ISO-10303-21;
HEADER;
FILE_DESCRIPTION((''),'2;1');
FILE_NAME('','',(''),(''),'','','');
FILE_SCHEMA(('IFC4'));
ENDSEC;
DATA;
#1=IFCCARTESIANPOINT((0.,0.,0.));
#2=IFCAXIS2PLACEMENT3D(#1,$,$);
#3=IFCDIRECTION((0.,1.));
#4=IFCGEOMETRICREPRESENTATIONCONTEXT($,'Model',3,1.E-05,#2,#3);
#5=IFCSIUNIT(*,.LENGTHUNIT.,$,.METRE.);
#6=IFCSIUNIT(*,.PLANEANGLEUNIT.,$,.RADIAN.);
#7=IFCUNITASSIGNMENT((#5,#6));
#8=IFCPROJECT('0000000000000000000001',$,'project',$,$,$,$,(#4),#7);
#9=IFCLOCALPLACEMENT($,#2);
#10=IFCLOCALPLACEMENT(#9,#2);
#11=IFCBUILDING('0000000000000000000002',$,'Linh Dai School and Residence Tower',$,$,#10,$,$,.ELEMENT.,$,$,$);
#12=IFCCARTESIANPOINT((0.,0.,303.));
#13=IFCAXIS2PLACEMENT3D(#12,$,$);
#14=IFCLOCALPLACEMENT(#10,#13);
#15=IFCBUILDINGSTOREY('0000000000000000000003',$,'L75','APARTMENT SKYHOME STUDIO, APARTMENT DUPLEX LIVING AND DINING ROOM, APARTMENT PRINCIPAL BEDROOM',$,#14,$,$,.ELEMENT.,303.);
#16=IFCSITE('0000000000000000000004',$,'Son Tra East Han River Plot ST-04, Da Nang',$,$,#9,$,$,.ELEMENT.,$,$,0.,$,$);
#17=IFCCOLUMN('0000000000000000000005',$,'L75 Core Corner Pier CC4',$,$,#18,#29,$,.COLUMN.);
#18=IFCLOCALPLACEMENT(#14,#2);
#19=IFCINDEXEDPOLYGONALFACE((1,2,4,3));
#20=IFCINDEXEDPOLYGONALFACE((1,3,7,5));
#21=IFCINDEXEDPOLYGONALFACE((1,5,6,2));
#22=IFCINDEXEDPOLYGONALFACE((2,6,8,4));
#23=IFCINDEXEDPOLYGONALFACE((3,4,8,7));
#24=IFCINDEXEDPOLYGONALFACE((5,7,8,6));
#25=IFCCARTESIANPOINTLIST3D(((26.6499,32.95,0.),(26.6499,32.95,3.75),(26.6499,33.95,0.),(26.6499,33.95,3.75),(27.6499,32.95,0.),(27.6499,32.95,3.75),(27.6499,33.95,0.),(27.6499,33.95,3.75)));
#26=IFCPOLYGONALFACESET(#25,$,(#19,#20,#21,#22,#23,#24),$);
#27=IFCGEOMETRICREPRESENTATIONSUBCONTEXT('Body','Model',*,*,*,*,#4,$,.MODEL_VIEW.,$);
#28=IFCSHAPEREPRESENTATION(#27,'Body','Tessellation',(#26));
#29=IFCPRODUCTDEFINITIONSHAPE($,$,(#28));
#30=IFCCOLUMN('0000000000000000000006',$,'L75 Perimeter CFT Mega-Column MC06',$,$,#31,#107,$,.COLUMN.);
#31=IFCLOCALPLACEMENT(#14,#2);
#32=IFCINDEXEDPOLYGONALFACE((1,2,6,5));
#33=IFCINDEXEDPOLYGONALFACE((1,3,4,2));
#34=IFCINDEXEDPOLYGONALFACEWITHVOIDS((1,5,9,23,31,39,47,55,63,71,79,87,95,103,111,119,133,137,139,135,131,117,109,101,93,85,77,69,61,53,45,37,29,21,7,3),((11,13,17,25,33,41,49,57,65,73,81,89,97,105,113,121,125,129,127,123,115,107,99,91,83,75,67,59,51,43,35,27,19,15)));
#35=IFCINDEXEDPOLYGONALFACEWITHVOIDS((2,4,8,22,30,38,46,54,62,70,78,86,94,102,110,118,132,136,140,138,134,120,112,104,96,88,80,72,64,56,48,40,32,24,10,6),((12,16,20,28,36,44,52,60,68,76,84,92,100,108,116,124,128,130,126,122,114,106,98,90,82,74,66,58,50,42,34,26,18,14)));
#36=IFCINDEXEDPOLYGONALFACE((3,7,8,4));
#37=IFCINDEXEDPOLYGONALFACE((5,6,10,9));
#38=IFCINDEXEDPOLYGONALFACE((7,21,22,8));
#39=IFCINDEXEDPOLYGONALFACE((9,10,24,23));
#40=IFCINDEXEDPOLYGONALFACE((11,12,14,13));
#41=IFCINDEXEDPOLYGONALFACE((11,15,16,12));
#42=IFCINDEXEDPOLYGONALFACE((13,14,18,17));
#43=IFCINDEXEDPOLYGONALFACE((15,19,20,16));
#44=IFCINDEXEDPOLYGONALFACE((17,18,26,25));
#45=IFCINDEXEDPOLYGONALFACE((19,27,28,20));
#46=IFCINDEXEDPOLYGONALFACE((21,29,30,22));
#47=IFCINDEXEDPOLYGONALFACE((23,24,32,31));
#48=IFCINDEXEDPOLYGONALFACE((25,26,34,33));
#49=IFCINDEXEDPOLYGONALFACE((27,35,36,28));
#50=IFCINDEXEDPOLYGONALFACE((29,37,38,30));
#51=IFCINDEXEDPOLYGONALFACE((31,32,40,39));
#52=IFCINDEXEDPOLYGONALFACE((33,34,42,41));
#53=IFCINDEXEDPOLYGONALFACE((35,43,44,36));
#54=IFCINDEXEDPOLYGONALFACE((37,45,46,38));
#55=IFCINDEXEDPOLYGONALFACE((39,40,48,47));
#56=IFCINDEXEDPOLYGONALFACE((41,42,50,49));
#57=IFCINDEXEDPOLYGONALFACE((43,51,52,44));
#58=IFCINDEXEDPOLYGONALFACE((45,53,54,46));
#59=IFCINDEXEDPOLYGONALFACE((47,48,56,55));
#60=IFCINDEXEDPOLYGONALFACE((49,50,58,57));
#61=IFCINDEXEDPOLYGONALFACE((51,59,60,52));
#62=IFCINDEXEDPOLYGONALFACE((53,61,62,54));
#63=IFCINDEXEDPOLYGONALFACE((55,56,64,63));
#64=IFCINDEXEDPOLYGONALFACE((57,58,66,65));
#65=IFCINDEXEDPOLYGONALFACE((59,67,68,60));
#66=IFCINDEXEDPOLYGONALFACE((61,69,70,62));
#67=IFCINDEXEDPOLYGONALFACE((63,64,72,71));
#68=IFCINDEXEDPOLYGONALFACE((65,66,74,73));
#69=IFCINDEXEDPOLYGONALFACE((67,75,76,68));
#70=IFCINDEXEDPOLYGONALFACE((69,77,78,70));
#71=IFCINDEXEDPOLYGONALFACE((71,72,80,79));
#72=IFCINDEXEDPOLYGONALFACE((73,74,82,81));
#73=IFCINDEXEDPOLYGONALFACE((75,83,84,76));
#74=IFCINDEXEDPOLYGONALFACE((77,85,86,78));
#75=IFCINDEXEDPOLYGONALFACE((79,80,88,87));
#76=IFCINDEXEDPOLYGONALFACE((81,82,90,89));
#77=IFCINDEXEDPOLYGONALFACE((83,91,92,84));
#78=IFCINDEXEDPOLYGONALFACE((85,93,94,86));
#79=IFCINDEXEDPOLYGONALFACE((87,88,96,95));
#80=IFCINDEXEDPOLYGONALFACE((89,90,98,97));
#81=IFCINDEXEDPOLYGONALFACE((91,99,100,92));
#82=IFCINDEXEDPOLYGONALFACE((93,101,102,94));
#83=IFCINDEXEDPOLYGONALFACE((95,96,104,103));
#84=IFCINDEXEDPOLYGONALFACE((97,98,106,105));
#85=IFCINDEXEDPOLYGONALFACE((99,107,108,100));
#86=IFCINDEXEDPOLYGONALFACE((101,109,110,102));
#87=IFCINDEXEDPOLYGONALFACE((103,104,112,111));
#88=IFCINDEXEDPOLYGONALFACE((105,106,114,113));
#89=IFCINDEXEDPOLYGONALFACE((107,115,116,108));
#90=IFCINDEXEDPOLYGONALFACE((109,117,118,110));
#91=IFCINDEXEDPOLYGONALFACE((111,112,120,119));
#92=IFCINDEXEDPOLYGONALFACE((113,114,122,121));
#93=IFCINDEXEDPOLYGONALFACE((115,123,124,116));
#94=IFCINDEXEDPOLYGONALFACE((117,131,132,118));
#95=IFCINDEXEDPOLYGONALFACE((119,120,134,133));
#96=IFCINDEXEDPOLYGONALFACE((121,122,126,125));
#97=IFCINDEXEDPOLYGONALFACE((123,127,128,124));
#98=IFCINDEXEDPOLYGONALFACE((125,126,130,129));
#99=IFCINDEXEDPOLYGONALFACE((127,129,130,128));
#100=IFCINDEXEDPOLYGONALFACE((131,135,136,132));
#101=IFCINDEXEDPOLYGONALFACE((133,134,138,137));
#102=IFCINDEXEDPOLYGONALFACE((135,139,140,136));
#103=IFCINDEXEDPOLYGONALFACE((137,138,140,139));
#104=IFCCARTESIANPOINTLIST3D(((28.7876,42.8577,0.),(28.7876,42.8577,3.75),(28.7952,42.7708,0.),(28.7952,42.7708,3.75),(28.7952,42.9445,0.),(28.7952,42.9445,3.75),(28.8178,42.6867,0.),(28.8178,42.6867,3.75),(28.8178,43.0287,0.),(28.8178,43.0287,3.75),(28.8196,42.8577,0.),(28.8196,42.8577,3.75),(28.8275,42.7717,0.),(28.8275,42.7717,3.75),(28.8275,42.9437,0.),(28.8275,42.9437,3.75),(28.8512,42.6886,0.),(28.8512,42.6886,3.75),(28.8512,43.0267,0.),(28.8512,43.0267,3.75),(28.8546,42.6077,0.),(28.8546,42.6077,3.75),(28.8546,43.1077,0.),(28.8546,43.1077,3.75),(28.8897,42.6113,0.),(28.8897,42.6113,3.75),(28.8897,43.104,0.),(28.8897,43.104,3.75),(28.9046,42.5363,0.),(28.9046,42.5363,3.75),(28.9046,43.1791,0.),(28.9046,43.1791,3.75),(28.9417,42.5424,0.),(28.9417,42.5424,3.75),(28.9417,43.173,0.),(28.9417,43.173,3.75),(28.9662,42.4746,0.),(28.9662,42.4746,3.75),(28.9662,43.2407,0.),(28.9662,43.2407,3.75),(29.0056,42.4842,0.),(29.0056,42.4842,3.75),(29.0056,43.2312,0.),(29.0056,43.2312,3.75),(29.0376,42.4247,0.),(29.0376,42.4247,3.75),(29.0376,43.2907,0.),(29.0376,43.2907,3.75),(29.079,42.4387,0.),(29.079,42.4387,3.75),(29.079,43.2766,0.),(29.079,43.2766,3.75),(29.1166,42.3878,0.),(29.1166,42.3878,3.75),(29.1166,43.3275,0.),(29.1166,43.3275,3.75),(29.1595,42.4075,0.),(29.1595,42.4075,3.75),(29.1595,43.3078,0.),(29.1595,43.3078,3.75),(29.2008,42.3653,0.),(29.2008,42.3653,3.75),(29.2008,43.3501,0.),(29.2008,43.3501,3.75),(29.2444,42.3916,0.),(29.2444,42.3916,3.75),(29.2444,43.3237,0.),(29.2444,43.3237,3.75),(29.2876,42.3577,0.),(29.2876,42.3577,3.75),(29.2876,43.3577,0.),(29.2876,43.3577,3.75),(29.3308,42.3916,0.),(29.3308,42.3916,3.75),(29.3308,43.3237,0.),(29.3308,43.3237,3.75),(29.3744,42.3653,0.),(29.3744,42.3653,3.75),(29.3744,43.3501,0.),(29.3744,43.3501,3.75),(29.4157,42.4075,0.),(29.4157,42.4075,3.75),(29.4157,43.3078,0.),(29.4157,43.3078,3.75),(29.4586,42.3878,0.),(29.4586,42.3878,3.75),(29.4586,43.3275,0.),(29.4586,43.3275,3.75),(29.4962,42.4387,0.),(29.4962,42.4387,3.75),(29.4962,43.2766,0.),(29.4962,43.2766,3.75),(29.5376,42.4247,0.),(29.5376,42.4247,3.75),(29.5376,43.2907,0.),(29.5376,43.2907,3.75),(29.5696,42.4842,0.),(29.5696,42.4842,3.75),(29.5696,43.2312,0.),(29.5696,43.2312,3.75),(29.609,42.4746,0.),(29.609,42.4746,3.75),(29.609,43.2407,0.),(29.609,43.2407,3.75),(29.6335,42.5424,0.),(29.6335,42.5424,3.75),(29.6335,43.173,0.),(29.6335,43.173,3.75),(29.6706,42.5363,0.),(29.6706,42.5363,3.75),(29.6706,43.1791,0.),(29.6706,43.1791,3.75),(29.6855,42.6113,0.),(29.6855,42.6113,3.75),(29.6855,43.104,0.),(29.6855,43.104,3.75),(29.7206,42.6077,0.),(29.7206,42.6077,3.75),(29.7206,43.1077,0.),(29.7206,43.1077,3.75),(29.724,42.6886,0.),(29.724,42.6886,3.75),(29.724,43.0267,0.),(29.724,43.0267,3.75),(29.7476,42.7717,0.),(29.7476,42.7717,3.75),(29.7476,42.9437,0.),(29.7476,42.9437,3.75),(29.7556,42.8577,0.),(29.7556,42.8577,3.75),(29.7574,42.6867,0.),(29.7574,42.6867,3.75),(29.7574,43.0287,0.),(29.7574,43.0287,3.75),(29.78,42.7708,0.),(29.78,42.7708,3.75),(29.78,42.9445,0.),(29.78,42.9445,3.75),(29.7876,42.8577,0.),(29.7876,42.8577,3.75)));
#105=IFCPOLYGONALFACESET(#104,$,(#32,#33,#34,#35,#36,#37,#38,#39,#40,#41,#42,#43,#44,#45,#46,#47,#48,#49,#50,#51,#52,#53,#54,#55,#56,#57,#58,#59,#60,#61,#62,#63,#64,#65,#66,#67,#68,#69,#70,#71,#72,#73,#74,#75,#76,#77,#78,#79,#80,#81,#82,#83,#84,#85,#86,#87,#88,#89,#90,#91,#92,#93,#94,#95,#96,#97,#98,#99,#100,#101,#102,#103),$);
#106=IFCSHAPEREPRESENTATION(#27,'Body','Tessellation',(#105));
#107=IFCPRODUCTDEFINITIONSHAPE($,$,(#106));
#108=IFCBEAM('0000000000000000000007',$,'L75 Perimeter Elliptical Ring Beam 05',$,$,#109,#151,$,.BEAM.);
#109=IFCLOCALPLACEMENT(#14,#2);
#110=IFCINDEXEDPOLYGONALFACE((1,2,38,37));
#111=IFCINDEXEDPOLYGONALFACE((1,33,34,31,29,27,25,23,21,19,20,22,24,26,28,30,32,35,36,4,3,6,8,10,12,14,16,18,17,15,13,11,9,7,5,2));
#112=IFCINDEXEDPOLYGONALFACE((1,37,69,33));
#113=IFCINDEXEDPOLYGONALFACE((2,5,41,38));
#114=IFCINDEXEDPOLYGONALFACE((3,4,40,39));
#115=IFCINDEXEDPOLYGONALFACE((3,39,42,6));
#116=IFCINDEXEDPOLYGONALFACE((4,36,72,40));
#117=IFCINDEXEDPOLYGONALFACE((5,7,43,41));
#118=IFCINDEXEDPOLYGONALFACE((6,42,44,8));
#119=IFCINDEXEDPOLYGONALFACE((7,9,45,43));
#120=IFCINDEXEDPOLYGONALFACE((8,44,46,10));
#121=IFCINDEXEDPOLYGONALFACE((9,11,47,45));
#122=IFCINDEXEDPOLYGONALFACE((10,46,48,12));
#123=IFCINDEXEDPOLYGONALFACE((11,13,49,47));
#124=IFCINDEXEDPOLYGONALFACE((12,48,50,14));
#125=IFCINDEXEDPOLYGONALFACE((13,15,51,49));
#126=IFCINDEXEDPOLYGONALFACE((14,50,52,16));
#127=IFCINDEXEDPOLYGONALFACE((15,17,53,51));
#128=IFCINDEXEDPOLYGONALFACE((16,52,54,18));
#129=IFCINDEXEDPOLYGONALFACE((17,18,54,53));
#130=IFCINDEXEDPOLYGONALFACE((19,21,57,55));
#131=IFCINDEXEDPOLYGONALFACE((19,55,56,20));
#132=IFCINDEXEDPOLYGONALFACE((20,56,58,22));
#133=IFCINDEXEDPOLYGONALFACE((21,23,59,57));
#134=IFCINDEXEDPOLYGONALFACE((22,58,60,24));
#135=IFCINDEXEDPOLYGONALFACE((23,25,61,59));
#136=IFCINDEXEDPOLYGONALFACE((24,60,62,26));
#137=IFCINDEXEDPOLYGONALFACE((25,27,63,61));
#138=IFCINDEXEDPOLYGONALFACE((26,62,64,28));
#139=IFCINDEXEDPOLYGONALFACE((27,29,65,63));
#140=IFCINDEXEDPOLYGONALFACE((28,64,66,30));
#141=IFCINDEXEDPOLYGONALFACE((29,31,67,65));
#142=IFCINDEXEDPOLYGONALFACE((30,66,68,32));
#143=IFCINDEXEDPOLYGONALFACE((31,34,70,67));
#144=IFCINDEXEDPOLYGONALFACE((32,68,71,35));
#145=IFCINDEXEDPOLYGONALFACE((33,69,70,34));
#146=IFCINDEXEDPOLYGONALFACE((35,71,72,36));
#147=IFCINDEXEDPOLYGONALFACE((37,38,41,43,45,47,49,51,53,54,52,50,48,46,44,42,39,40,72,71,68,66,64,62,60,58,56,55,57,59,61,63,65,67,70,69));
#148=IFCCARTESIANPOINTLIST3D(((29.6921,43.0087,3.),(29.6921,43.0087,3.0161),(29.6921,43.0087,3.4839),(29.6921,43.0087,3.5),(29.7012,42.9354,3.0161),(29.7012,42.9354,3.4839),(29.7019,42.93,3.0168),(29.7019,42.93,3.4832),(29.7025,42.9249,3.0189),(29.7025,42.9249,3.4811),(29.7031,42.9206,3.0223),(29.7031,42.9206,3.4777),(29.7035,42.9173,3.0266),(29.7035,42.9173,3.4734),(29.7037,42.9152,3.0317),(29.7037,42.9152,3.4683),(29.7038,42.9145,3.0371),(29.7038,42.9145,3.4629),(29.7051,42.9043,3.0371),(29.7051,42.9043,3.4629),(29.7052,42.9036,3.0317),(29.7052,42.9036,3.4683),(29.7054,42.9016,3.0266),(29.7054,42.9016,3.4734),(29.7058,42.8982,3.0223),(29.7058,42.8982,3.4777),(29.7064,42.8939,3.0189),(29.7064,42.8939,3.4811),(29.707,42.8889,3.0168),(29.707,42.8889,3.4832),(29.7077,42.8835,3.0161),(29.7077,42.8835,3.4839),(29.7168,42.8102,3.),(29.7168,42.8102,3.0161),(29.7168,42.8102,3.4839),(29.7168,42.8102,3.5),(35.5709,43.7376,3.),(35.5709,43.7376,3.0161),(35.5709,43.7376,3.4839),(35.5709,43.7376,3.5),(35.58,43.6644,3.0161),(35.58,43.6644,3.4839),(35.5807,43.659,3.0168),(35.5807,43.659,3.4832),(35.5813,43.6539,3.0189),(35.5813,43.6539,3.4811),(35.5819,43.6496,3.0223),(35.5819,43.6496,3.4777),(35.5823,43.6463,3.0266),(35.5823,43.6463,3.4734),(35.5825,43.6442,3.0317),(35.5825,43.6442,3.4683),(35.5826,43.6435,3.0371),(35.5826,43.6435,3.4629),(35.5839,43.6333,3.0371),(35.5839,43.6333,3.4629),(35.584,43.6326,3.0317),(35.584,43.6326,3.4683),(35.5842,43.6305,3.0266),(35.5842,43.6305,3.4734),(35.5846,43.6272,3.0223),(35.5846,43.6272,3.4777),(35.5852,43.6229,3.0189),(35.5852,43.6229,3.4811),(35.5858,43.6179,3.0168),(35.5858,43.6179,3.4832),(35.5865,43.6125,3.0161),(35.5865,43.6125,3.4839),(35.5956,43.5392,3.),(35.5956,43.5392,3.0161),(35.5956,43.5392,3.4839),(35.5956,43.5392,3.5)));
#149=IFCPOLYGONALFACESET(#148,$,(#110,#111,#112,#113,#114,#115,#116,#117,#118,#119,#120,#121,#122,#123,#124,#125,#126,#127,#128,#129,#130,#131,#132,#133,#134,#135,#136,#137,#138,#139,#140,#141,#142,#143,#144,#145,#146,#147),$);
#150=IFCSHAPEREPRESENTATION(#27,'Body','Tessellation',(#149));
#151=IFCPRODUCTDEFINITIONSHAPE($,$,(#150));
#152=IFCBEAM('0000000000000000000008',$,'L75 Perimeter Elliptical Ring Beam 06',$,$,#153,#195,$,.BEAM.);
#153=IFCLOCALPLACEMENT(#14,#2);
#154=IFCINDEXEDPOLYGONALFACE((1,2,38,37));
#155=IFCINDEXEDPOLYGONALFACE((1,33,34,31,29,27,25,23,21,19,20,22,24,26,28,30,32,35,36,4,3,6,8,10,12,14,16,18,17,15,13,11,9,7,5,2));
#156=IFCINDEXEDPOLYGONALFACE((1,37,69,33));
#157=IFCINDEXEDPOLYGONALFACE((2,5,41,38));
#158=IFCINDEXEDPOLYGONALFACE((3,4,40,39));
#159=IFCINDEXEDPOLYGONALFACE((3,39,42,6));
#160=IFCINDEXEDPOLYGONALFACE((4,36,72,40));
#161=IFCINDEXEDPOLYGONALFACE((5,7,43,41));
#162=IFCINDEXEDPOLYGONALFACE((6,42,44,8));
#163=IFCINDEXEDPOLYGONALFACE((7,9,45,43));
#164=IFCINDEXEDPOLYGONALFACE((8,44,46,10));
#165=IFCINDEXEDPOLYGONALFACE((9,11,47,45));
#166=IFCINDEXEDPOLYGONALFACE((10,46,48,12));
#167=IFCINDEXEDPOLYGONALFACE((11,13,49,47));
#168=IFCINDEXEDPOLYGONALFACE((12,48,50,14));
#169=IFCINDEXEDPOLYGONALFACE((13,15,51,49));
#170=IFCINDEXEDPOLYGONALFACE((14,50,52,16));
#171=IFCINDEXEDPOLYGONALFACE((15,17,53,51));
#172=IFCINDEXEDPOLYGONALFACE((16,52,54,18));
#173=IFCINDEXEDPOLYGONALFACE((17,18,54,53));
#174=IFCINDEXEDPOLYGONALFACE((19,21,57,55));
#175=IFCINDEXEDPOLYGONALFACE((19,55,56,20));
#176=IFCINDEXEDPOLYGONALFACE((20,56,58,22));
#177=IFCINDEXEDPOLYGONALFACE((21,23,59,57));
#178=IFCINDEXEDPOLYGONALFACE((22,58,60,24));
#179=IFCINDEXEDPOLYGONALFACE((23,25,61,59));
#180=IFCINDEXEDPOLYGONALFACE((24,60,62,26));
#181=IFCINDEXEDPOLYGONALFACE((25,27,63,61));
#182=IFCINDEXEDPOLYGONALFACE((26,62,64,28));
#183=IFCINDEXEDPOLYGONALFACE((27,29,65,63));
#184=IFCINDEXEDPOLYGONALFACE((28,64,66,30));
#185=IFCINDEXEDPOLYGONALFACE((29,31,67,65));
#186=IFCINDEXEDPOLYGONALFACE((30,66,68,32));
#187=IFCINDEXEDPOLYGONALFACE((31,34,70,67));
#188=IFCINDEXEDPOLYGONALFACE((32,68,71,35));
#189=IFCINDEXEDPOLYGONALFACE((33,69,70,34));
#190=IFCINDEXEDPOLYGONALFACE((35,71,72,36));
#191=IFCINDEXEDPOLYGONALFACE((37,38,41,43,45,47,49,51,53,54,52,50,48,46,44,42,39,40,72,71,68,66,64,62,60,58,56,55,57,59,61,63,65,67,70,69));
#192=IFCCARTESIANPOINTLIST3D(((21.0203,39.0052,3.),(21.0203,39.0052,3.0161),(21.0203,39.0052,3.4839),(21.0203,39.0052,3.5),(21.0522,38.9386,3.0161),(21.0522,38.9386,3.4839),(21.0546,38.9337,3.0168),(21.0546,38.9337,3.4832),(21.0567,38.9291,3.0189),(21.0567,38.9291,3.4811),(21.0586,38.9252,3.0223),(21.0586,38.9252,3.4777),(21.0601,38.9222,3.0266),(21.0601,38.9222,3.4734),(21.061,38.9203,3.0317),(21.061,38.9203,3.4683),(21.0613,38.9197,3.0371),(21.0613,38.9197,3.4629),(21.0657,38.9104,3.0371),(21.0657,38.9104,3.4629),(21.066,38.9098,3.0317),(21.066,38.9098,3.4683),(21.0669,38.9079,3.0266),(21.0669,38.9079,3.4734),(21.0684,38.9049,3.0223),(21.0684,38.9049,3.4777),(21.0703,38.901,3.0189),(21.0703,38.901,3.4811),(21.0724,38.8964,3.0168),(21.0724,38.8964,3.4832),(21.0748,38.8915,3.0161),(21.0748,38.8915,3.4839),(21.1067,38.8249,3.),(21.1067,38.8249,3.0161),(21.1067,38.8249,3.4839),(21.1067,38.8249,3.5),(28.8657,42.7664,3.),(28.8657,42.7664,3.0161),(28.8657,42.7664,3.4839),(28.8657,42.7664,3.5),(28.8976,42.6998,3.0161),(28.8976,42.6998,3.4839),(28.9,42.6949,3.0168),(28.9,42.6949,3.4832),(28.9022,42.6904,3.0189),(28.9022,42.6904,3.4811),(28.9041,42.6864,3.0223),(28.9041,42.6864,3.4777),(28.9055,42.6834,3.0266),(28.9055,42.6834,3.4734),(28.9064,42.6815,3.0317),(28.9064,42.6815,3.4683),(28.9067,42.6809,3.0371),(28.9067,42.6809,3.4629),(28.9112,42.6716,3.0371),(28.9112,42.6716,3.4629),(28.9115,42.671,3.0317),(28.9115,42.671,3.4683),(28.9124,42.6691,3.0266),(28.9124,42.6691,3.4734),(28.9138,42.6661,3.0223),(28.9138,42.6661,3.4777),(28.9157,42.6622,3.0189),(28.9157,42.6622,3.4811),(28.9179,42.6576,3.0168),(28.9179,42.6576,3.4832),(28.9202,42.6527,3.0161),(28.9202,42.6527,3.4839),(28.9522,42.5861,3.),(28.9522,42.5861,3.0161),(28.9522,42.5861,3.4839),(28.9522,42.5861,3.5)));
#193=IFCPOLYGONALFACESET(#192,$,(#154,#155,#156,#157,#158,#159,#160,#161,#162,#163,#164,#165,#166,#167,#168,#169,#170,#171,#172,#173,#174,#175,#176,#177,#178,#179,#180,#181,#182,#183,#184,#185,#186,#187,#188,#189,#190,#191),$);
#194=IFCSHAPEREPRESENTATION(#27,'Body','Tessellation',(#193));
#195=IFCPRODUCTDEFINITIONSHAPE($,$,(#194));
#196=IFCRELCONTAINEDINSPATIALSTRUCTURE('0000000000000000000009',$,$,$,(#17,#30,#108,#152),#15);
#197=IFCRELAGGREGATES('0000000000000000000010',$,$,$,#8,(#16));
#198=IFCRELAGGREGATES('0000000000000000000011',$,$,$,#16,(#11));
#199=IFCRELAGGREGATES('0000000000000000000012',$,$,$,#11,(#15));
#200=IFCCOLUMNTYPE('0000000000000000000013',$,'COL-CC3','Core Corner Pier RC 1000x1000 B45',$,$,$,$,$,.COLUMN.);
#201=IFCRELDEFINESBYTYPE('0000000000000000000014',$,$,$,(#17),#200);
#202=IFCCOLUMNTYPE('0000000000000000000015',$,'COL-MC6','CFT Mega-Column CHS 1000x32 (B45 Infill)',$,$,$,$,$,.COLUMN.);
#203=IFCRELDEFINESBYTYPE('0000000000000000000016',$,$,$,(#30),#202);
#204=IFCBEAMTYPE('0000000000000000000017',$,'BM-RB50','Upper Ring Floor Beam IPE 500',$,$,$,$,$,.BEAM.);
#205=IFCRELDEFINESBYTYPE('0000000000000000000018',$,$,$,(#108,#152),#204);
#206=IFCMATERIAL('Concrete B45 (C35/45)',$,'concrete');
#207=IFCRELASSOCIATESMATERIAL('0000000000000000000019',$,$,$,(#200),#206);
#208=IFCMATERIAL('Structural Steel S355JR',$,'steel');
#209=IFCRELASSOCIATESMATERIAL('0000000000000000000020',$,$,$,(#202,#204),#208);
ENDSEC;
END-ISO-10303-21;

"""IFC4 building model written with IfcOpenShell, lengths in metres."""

from ifc_helpers import new_model, si_unit, direction, frame, origin, origin_2d, place, context, subcontext, project, spatial, rectangle, hollow_circle, i_section, extrude, material, material_profile, profile_set, type_object, element, save


model = new_model("IFC4")

# Units and contexts
model_context = context("Model", 3, precision=1e-05, world=origin(), true_north=direction((0.0, 1.0)))
body_context = subcontext(model_context, "Body", "Model", "MODEL_VIEW")
ifc_project = project(units=[si_unit("LENGTHUNIT", "METRE"), si_unit("PLANEANGLEUNIT", "RADIAN")], contexts=[model_context])

# Site, building, storey
site_placement = place(None, origin())
site = spatial("IfcSite", under=ifc_project, at=site_placement, Name="Son Tra East Han River Plot ST-04, Da Nang", CompositionType="ELEMENT", RefElevation=0.0)
building_placement = place(site_placement, origin())
building = spatial("IfcBuilding", under=site, at=building_placement, Name="Linh Dai School and Residence Tower", CompositionType="ELEMENT")
storey_placement = place(building_placement, frame((0.0, 0.0, 303.0)))
storey = spatial("IfcBuildingStorey", under=building, at=storey_placement, Name="L75", Description="APARTMENT SKYHOME STUDIO, APARTMENT DUPLEX LIVING AND DINING ROOM, APARTMENT PRINCIPAL BEDROOM", CompositionType="ELEMENT", Elevation=303.0)

# Columns
ifc_material_1 = material(Name="Concrete B45 (C35/45)", Category="concrete")
ifc_material_profile_1 = material_profile(ifc_material_1, rectangle(XDim=1.0, YDim=1.0, at=origin_2d()), Name="RC 1000x1000")
ifc_profile_set_1 = profile_set([ifc_material_profile_1], Name="Concrete B45 (C35/45)")
column_type_1 = type_object("IfcColumnType", Name="COL-CC3", Description="Core Corner Pier RC 1000x1000 B45", PredefinedType="COLUMN", material=ifc_profile_set_1)
column_1_placement = place(storey_placement, frame((27.1499, 33.45, 0.0), z_axis=(0.0, 0.0, 1.0), x_axis=(1.0, 0.0, 0.0)))
element("IfcColumn", 1, at=column_1_placement, inside=storey, type_object=column_type_1, Name="L75 Core Corner Pier CC4", PredefinedType="COLUMN", context=body_context, shape_type="SweptSolid", body=[
    extrude(rectangle(XDim=1.0, YDim=1.0, at=origin_2d()), origin(), (0.0, 0.0, 1.0), 3.75),
])
ifc_material_2 = material(Name="Structural Steel S355JR", Category="steel")
ifc_material_profile_2 = material_profile(ifc_material_2, hollow_circle(Radius=0.5, WallThickness=0.032, at=origin_2d()), Name="CHS 1000x32")
ifc_profile_set_2 = profile_set([ifc_material_profile_2], Name="Structural Steel S355JR")
column_type_2 = type_object("IfcColumnType", Name="COL-MC6", Description="CFT Mega-Column CHS 1000x32 (B45 Infill)", PredefinedType="COLUMN", material=ifc_profile_set_2)
column_2_placement = place(storey_placement, frame((29.2876, 42.8577, 0.0), z_axis=(0.0, 0.0, 1.0), x_axis=(1.0, 0.0, 0.0)))
element("IfcColumn", 2, at=column_2_placement, inside=storey, type_object=column_type_2, Name="L75 Perimeter CFT Mega-Column MC06", PredefinedType="COLUMN", context=body_context, shape_type="SweptSolid", body=[
    extrude(hollow_circle(Radius=0.5, WallThickness=0.032, at=origin_2d()), origin(), (0.0, 0.0, 1.0), 3.75),
])

# Beams
ifc_material_profile_3 = material_profile(ifc_material_2, i_section(OverallWidth=0.2, OverallDepth=0.5, WebThickness=0.0103, FlangeThickness=0.0161, FilletRadius=0.021, at=origin_2d()), Name="IPE 500")
ifc_profile_set_3 = profile_set([ifc_material_profile_3], Name="Structural Steel S355JR")
beam_type_1 = type_object("IfcBeamType", Name="BM-RB50", Description="Upper Ring Floor Beam IPE 500", PredefinedType="BEAM", material=ifc_profile_set_3)
beam_1_placement = place(storey_placement, frame((35.5833, 43.6384, 3.25), z_axis=(-0.992399, -0.123061, 0.0), x_axis=(0.123061, -0.992399, 0.0)))
element("IfcBeam", 3, at=beam_1_placement, inside=storey, type_object=beam_type_1, Name="L75 Perimeter Elliptical Ring Beam 05", PredefinedType="BEAM", context=body_context, shape_type="SweptSolid", body=[
    extrude(i_section(OverallWidth=0.2, OverallDepth=0.5, WebThickness=0.0103, FlangeThickness=0.0161, FilletRadius=0.021, at=origin_2d()), origin(), (0.0, 0.0, 1.0), 5.9238),
])
beam_2_placement = place(storey_placement, frame((28.9089, 42.6763, 3.25), z_axis=(-0.901729, -0.432302, 0.0), x_axis=(0.432302, -0.901729, 0.0)))
element("IfcBeam", 4, at=beam_2_placement, inside=storey, type_object=beam_type_1, Name="L75 Perimeter Elliptical Ring Beam 06", PredefinedType="BEAM", context=body_context, shape_type="SweptSolid", body=[
    extrude(i_section(OverallWidth=0.2, OverallDepth=0.5, WebThickness=0.0103, FlangeThickness=0.0161, FilletRadius=0.021, at=origin_2d()), origin(), (0.0, 0.0, 1.0), 8.7004),
])

save(model, "model.ifc")
